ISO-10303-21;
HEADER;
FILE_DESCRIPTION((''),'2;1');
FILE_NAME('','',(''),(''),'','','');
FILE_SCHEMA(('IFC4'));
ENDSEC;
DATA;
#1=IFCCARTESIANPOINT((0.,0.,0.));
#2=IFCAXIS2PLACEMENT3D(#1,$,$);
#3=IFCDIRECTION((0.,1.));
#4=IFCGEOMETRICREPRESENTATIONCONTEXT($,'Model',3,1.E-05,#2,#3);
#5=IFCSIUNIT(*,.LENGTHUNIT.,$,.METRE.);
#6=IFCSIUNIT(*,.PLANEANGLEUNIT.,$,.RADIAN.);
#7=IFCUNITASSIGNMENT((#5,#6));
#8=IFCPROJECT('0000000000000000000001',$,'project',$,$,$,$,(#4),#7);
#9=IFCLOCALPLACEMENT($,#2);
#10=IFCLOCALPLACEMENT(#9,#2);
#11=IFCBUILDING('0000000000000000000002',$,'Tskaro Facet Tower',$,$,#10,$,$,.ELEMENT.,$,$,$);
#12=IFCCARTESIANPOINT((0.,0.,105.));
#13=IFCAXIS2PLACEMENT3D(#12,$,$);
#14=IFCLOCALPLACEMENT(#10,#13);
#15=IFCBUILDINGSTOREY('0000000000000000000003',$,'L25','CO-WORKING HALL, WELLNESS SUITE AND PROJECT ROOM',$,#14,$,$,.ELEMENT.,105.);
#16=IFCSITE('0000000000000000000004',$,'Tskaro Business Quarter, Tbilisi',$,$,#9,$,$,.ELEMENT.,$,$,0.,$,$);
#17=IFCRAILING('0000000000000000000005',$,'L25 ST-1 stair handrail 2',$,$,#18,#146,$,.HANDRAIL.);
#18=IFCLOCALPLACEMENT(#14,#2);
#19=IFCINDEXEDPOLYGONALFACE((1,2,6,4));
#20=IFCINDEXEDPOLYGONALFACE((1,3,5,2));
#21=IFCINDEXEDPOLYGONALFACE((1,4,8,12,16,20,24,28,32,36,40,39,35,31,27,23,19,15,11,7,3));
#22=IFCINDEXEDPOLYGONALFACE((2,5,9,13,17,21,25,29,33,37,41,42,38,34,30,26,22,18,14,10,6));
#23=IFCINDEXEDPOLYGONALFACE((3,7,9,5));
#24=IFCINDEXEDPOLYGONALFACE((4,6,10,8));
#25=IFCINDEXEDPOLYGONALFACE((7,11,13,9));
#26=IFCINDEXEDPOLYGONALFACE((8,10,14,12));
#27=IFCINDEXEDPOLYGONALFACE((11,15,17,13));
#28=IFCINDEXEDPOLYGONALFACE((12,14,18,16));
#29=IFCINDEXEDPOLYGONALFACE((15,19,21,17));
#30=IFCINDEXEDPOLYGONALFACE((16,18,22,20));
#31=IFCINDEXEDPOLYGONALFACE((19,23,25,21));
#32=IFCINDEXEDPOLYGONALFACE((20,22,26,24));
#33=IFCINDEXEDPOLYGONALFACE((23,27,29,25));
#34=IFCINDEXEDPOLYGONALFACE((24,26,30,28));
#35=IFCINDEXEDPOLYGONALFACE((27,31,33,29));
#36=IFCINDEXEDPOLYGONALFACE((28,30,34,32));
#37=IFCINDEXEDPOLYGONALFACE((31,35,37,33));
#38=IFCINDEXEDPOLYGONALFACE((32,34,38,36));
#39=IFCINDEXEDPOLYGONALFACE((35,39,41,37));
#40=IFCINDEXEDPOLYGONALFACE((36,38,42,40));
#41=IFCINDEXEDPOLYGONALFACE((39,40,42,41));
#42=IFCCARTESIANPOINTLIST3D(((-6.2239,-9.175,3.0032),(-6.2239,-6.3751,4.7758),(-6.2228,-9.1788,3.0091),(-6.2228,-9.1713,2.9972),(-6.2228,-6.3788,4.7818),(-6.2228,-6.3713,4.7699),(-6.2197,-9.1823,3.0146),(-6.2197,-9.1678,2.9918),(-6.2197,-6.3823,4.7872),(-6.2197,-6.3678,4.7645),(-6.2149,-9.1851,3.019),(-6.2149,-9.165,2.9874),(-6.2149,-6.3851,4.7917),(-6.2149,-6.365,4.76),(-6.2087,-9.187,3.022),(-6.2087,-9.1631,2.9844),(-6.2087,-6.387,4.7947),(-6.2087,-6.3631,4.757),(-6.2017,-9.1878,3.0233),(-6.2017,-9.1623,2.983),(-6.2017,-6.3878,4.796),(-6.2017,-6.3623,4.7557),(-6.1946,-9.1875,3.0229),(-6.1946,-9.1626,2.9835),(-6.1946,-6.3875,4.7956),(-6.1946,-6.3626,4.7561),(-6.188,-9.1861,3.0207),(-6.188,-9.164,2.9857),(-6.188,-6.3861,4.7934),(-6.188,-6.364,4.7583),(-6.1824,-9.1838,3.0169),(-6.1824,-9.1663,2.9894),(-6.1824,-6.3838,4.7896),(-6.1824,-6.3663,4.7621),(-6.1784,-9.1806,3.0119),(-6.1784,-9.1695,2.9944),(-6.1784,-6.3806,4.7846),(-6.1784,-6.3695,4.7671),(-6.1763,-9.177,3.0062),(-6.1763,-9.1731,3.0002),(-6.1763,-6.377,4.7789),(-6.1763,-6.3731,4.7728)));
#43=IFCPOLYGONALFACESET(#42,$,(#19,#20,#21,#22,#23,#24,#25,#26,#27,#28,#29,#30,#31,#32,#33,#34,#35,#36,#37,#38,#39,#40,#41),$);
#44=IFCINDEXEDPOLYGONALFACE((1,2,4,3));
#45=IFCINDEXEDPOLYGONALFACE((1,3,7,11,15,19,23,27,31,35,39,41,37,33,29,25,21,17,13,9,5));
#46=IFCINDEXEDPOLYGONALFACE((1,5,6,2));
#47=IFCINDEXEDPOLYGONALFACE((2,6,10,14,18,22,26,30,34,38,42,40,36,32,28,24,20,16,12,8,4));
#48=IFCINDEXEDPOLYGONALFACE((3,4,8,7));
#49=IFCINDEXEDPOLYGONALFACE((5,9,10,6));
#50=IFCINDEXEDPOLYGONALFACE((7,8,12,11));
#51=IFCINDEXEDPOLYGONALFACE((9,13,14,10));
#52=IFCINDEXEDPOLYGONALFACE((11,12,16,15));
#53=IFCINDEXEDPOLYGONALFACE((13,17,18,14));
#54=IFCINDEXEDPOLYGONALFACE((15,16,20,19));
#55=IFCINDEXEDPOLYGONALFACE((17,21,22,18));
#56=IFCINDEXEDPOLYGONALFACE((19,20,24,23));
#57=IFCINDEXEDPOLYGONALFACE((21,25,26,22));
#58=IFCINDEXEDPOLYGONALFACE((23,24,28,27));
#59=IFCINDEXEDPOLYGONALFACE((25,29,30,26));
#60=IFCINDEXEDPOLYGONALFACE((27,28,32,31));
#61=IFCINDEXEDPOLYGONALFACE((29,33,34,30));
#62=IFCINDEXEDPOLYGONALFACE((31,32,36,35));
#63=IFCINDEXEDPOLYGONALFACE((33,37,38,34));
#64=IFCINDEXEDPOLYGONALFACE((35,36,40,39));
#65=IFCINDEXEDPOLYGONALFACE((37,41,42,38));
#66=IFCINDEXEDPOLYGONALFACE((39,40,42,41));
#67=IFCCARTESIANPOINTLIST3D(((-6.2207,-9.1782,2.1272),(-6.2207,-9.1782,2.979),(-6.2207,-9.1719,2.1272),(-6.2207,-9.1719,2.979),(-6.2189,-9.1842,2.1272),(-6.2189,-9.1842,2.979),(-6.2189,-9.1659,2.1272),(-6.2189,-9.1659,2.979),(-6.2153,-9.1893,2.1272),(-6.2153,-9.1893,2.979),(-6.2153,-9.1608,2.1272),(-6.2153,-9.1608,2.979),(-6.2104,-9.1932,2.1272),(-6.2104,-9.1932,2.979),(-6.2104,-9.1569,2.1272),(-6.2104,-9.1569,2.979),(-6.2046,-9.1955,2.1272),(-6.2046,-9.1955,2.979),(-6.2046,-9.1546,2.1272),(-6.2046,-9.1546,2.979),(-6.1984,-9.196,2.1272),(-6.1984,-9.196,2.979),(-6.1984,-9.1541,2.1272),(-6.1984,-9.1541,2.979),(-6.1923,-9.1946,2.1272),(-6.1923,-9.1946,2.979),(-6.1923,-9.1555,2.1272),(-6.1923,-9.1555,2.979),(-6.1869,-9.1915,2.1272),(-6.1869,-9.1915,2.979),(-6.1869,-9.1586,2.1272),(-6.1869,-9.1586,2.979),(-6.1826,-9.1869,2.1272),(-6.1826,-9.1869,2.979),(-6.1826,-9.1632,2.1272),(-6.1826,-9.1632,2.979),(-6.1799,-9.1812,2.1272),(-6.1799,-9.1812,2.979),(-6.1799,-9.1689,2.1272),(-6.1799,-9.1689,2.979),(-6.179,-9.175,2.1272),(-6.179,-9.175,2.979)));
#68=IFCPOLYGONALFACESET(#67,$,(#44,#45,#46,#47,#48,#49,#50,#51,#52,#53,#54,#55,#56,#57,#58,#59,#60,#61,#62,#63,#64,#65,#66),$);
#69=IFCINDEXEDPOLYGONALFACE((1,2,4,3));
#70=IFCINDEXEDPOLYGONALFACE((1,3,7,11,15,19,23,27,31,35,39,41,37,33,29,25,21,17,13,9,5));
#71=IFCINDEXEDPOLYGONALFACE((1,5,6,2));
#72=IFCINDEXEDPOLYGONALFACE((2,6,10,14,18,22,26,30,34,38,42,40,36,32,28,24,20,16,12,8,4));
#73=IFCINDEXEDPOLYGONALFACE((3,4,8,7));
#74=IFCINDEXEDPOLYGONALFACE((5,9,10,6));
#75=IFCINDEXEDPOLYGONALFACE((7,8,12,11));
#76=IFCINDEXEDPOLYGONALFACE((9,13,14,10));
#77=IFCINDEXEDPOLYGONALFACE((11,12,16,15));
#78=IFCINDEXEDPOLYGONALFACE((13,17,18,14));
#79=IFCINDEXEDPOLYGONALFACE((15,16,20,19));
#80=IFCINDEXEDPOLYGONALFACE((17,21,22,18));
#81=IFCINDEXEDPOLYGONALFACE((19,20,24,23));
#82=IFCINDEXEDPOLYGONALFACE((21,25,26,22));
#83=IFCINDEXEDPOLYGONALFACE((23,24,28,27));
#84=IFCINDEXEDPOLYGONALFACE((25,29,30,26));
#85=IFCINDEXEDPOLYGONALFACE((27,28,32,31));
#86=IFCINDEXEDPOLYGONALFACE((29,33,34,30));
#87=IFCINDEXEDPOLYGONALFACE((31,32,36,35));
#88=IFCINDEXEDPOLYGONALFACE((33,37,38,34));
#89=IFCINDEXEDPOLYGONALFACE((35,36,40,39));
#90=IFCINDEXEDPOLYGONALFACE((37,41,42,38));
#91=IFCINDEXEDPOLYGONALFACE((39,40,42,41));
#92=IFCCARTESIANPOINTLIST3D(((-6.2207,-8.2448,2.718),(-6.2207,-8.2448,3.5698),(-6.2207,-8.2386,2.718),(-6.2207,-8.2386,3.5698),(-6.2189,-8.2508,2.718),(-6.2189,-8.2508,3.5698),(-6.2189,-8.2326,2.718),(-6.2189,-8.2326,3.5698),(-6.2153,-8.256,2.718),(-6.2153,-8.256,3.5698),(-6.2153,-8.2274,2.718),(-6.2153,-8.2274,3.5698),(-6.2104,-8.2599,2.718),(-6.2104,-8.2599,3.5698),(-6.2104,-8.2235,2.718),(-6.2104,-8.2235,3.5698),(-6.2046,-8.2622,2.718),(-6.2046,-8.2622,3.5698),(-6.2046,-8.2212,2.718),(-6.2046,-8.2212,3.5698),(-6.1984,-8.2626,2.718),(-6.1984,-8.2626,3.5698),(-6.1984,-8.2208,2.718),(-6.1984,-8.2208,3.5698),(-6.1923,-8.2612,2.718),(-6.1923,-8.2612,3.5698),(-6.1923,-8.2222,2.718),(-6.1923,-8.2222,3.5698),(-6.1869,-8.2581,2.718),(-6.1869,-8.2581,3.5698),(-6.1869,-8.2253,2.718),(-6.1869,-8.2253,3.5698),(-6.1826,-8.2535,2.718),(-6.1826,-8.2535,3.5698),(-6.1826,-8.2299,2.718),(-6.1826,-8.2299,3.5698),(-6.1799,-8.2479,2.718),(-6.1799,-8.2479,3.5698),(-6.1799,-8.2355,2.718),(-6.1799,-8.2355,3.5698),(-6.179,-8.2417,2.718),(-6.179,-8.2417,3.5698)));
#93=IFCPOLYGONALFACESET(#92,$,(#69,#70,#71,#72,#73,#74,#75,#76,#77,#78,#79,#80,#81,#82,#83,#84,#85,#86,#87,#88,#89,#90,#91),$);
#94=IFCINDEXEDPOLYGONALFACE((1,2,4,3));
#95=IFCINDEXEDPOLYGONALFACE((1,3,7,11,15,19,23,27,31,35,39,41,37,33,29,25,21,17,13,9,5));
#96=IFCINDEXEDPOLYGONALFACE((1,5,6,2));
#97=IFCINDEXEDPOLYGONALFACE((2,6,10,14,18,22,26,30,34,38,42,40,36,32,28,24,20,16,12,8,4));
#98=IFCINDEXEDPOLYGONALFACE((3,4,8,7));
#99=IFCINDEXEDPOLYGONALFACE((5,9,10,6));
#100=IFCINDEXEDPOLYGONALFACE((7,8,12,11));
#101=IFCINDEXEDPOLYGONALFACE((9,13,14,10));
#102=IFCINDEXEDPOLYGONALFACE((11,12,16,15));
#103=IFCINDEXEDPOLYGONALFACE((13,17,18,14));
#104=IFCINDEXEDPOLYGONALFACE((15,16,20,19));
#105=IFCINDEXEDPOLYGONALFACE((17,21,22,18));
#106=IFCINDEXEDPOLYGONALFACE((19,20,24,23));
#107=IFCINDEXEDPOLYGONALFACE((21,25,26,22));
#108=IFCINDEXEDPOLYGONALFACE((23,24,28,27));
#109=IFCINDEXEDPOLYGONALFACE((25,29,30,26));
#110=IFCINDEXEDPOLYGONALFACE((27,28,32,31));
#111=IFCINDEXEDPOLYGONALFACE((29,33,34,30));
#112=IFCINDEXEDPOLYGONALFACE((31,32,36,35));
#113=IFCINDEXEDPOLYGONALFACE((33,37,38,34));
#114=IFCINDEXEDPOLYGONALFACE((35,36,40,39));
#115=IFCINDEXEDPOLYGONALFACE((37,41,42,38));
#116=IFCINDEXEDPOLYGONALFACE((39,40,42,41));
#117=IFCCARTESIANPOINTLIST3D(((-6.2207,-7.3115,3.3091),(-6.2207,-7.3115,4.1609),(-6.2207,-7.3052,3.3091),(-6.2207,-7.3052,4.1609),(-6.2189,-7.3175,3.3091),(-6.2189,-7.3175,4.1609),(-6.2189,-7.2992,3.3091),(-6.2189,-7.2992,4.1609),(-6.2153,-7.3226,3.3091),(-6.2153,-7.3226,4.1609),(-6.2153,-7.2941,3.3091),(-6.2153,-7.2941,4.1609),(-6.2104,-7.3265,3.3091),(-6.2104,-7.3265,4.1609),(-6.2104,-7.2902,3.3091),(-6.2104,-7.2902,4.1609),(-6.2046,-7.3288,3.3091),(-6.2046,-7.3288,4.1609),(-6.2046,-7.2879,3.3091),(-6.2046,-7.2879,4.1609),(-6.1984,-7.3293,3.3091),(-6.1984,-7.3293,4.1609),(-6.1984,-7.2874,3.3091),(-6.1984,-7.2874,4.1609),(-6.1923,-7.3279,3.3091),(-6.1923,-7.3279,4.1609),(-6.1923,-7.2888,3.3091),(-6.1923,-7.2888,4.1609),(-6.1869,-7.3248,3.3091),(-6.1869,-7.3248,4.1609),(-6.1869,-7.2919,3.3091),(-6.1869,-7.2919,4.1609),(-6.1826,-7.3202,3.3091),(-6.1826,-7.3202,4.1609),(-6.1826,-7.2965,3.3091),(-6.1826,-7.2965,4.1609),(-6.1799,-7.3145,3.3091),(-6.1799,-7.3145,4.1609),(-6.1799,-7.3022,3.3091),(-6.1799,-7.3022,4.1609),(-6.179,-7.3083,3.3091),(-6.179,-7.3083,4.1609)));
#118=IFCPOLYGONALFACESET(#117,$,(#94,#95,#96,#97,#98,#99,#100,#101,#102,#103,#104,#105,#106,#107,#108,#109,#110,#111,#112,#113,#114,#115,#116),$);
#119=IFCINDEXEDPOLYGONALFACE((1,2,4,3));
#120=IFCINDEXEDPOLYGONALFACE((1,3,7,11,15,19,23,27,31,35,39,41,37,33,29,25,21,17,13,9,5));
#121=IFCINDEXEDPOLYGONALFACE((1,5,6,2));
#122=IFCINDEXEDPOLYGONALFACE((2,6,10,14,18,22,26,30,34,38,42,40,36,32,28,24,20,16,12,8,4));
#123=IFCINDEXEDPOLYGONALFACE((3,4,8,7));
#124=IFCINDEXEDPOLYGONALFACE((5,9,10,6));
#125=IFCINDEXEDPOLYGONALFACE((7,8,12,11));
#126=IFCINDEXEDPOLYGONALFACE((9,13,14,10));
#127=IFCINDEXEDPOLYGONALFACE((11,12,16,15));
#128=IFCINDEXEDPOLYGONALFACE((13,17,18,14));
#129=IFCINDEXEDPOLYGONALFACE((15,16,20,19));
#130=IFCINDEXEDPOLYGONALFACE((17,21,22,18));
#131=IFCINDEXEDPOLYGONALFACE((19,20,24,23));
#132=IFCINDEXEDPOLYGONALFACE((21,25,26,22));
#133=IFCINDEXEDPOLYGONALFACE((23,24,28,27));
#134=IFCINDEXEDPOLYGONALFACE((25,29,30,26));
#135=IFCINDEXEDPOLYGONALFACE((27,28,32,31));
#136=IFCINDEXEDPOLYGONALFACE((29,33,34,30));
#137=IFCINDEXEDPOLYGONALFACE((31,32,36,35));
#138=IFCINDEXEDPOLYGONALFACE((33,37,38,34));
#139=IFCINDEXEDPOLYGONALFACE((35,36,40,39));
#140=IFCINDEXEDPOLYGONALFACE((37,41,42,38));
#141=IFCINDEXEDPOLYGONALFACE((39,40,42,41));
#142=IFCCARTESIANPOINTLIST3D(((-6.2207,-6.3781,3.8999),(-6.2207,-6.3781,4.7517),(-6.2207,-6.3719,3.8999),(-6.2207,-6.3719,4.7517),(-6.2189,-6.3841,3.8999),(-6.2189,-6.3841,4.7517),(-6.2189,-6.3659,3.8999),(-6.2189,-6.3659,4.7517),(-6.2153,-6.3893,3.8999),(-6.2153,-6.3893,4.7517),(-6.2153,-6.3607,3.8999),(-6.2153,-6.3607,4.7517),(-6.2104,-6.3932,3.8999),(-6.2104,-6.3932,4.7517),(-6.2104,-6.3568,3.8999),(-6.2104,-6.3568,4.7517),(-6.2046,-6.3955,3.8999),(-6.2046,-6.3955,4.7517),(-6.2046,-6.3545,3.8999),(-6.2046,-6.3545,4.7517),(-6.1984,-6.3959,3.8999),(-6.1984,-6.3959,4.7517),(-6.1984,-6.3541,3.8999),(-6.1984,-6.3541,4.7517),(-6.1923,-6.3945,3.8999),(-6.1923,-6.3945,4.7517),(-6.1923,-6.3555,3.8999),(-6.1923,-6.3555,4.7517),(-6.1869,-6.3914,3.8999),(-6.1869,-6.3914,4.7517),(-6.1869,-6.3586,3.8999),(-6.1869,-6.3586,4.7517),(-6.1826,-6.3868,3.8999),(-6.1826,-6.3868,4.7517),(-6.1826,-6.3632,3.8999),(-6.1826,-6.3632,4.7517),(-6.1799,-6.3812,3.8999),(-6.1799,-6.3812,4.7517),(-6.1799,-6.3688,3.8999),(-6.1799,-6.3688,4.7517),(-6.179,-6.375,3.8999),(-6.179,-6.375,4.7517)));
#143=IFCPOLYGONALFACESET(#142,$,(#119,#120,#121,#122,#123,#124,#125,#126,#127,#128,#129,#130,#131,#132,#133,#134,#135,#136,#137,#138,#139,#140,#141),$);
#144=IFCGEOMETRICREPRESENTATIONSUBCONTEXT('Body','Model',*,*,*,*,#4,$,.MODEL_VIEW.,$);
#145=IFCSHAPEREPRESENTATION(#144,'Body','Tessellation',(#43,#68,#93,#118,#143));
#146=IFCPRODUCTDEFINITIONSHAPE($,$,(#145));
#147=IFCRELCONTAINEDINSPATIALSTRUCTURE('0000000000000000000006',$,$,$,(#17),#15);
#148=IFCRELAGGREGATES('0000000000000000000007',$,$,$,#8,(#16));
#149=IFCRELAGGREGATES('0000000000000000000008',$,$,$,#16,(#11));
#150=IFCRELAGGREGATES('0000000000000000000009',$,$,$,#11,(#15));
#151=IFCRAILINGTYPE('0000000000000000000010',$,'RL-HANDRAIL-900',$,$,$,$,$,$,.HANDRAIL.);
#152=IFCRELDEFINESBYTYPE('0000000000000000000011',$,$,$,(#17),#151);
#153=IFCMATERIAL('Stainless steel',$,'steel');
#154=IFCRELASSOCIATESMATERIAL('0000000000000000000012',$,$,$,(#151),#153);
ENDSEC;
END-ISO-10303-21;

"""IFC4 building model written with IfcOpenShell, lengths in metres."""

from ifc_helpers import new_model, si_unit, direction, frame, origin, origin_2d, place, context, subcontext, project, spatial, circle, extrude, material, type_object, element, save


model = new_model("IFC4")

# Units and contexts
model_context = context("Model", 3, precision=1e-05, world=origin(), true_north=direction((0.0, 1.0)))
body_context = subcontext(model_context, "Body", "Model", "MODEL_VIEW")
ifc_project = project(units=[si_unit("LENGTHUNIT", "METRE"), si_unit("PLANEANGLEUNIT", "RADIAN")], contexts=[model_context])

# Site, building, storey
site_placement = place(None, origin())
site = spatial("IfcSite", under=ifc_project, at=site_placement, Name="Tskaro Business Quarter, Tbilisi", CompositionType="ELEMENT", RefElevation=0.0)
building_placement = place(site_placement, origin())
building = spatial("IfcBuilding", under=site, at=building_placement, Name="Tskaro Facet Tower", CompositionType="ELEMENT")
storey_placement = place(building_placement, frame((0.0, 0.0, 105.0)))
storey = spatial("IfcBuildingStorey", under=building, at=storey_placement, Name="L25", Description="CO-WORKING HALL, WELLNESS SUITE AND PROJECT ROOM", CompositionType="ELEMENT", Elevation=105.0)

# Shared definitions
ifc_material_1 = material(Name="Stainless steel", Category="steel")

# Railing
railing_type_1 = type_object("IfcRailingType", Name="RL-HANDRAIL-900", PredefinedType="HANDRAIL", material=ifc_material_1)
railing_1_placement = place(storey_placement, frame((-6.2, -9.175, 2.1272)))
element("IfcRailing", 1, at=railing_1_placement, inside=storey, type_object=railing_type_1, Name="L25 ST-1 stair handrail 2", PredefinedType="HANDRAIL", context=body_context, shape_type="SweptSolid", body=[
    extrude(circle(Radius=0.0239, at=origin_2d()), frame((0.0, 0.0, 0.876), z_axis=(0.0, 0.844909, 0.53491), x_axis=(-1.0, 0.0, 0.0)), (0.0, 0.0, 1.0), 3.314),
    extrude(circle(Radius=0.021, at=origin_2d()), origin(), (0.0, 0.0, 1.0), 0.8518),
    extrude(circle(Radius=0.021, at=origin_2d()), frame((0.0, 0.9333, 0.5908)), (0.0, 0.0, 1.0), 0.8518),
    extrude(circle(Radius=0.021, at=origin_2d()), frame((0.0, 1.8667, 1.1819)), (0.0, 0.0, 1.0), 0.8518),
    extrude(circle(Radius=0.021, at=origin_2d()), frame((0.0, 2.8, 1.7727)), (0.0, 0.0, 1.0), 0.8518),
])

save(model, "model.ifc")
